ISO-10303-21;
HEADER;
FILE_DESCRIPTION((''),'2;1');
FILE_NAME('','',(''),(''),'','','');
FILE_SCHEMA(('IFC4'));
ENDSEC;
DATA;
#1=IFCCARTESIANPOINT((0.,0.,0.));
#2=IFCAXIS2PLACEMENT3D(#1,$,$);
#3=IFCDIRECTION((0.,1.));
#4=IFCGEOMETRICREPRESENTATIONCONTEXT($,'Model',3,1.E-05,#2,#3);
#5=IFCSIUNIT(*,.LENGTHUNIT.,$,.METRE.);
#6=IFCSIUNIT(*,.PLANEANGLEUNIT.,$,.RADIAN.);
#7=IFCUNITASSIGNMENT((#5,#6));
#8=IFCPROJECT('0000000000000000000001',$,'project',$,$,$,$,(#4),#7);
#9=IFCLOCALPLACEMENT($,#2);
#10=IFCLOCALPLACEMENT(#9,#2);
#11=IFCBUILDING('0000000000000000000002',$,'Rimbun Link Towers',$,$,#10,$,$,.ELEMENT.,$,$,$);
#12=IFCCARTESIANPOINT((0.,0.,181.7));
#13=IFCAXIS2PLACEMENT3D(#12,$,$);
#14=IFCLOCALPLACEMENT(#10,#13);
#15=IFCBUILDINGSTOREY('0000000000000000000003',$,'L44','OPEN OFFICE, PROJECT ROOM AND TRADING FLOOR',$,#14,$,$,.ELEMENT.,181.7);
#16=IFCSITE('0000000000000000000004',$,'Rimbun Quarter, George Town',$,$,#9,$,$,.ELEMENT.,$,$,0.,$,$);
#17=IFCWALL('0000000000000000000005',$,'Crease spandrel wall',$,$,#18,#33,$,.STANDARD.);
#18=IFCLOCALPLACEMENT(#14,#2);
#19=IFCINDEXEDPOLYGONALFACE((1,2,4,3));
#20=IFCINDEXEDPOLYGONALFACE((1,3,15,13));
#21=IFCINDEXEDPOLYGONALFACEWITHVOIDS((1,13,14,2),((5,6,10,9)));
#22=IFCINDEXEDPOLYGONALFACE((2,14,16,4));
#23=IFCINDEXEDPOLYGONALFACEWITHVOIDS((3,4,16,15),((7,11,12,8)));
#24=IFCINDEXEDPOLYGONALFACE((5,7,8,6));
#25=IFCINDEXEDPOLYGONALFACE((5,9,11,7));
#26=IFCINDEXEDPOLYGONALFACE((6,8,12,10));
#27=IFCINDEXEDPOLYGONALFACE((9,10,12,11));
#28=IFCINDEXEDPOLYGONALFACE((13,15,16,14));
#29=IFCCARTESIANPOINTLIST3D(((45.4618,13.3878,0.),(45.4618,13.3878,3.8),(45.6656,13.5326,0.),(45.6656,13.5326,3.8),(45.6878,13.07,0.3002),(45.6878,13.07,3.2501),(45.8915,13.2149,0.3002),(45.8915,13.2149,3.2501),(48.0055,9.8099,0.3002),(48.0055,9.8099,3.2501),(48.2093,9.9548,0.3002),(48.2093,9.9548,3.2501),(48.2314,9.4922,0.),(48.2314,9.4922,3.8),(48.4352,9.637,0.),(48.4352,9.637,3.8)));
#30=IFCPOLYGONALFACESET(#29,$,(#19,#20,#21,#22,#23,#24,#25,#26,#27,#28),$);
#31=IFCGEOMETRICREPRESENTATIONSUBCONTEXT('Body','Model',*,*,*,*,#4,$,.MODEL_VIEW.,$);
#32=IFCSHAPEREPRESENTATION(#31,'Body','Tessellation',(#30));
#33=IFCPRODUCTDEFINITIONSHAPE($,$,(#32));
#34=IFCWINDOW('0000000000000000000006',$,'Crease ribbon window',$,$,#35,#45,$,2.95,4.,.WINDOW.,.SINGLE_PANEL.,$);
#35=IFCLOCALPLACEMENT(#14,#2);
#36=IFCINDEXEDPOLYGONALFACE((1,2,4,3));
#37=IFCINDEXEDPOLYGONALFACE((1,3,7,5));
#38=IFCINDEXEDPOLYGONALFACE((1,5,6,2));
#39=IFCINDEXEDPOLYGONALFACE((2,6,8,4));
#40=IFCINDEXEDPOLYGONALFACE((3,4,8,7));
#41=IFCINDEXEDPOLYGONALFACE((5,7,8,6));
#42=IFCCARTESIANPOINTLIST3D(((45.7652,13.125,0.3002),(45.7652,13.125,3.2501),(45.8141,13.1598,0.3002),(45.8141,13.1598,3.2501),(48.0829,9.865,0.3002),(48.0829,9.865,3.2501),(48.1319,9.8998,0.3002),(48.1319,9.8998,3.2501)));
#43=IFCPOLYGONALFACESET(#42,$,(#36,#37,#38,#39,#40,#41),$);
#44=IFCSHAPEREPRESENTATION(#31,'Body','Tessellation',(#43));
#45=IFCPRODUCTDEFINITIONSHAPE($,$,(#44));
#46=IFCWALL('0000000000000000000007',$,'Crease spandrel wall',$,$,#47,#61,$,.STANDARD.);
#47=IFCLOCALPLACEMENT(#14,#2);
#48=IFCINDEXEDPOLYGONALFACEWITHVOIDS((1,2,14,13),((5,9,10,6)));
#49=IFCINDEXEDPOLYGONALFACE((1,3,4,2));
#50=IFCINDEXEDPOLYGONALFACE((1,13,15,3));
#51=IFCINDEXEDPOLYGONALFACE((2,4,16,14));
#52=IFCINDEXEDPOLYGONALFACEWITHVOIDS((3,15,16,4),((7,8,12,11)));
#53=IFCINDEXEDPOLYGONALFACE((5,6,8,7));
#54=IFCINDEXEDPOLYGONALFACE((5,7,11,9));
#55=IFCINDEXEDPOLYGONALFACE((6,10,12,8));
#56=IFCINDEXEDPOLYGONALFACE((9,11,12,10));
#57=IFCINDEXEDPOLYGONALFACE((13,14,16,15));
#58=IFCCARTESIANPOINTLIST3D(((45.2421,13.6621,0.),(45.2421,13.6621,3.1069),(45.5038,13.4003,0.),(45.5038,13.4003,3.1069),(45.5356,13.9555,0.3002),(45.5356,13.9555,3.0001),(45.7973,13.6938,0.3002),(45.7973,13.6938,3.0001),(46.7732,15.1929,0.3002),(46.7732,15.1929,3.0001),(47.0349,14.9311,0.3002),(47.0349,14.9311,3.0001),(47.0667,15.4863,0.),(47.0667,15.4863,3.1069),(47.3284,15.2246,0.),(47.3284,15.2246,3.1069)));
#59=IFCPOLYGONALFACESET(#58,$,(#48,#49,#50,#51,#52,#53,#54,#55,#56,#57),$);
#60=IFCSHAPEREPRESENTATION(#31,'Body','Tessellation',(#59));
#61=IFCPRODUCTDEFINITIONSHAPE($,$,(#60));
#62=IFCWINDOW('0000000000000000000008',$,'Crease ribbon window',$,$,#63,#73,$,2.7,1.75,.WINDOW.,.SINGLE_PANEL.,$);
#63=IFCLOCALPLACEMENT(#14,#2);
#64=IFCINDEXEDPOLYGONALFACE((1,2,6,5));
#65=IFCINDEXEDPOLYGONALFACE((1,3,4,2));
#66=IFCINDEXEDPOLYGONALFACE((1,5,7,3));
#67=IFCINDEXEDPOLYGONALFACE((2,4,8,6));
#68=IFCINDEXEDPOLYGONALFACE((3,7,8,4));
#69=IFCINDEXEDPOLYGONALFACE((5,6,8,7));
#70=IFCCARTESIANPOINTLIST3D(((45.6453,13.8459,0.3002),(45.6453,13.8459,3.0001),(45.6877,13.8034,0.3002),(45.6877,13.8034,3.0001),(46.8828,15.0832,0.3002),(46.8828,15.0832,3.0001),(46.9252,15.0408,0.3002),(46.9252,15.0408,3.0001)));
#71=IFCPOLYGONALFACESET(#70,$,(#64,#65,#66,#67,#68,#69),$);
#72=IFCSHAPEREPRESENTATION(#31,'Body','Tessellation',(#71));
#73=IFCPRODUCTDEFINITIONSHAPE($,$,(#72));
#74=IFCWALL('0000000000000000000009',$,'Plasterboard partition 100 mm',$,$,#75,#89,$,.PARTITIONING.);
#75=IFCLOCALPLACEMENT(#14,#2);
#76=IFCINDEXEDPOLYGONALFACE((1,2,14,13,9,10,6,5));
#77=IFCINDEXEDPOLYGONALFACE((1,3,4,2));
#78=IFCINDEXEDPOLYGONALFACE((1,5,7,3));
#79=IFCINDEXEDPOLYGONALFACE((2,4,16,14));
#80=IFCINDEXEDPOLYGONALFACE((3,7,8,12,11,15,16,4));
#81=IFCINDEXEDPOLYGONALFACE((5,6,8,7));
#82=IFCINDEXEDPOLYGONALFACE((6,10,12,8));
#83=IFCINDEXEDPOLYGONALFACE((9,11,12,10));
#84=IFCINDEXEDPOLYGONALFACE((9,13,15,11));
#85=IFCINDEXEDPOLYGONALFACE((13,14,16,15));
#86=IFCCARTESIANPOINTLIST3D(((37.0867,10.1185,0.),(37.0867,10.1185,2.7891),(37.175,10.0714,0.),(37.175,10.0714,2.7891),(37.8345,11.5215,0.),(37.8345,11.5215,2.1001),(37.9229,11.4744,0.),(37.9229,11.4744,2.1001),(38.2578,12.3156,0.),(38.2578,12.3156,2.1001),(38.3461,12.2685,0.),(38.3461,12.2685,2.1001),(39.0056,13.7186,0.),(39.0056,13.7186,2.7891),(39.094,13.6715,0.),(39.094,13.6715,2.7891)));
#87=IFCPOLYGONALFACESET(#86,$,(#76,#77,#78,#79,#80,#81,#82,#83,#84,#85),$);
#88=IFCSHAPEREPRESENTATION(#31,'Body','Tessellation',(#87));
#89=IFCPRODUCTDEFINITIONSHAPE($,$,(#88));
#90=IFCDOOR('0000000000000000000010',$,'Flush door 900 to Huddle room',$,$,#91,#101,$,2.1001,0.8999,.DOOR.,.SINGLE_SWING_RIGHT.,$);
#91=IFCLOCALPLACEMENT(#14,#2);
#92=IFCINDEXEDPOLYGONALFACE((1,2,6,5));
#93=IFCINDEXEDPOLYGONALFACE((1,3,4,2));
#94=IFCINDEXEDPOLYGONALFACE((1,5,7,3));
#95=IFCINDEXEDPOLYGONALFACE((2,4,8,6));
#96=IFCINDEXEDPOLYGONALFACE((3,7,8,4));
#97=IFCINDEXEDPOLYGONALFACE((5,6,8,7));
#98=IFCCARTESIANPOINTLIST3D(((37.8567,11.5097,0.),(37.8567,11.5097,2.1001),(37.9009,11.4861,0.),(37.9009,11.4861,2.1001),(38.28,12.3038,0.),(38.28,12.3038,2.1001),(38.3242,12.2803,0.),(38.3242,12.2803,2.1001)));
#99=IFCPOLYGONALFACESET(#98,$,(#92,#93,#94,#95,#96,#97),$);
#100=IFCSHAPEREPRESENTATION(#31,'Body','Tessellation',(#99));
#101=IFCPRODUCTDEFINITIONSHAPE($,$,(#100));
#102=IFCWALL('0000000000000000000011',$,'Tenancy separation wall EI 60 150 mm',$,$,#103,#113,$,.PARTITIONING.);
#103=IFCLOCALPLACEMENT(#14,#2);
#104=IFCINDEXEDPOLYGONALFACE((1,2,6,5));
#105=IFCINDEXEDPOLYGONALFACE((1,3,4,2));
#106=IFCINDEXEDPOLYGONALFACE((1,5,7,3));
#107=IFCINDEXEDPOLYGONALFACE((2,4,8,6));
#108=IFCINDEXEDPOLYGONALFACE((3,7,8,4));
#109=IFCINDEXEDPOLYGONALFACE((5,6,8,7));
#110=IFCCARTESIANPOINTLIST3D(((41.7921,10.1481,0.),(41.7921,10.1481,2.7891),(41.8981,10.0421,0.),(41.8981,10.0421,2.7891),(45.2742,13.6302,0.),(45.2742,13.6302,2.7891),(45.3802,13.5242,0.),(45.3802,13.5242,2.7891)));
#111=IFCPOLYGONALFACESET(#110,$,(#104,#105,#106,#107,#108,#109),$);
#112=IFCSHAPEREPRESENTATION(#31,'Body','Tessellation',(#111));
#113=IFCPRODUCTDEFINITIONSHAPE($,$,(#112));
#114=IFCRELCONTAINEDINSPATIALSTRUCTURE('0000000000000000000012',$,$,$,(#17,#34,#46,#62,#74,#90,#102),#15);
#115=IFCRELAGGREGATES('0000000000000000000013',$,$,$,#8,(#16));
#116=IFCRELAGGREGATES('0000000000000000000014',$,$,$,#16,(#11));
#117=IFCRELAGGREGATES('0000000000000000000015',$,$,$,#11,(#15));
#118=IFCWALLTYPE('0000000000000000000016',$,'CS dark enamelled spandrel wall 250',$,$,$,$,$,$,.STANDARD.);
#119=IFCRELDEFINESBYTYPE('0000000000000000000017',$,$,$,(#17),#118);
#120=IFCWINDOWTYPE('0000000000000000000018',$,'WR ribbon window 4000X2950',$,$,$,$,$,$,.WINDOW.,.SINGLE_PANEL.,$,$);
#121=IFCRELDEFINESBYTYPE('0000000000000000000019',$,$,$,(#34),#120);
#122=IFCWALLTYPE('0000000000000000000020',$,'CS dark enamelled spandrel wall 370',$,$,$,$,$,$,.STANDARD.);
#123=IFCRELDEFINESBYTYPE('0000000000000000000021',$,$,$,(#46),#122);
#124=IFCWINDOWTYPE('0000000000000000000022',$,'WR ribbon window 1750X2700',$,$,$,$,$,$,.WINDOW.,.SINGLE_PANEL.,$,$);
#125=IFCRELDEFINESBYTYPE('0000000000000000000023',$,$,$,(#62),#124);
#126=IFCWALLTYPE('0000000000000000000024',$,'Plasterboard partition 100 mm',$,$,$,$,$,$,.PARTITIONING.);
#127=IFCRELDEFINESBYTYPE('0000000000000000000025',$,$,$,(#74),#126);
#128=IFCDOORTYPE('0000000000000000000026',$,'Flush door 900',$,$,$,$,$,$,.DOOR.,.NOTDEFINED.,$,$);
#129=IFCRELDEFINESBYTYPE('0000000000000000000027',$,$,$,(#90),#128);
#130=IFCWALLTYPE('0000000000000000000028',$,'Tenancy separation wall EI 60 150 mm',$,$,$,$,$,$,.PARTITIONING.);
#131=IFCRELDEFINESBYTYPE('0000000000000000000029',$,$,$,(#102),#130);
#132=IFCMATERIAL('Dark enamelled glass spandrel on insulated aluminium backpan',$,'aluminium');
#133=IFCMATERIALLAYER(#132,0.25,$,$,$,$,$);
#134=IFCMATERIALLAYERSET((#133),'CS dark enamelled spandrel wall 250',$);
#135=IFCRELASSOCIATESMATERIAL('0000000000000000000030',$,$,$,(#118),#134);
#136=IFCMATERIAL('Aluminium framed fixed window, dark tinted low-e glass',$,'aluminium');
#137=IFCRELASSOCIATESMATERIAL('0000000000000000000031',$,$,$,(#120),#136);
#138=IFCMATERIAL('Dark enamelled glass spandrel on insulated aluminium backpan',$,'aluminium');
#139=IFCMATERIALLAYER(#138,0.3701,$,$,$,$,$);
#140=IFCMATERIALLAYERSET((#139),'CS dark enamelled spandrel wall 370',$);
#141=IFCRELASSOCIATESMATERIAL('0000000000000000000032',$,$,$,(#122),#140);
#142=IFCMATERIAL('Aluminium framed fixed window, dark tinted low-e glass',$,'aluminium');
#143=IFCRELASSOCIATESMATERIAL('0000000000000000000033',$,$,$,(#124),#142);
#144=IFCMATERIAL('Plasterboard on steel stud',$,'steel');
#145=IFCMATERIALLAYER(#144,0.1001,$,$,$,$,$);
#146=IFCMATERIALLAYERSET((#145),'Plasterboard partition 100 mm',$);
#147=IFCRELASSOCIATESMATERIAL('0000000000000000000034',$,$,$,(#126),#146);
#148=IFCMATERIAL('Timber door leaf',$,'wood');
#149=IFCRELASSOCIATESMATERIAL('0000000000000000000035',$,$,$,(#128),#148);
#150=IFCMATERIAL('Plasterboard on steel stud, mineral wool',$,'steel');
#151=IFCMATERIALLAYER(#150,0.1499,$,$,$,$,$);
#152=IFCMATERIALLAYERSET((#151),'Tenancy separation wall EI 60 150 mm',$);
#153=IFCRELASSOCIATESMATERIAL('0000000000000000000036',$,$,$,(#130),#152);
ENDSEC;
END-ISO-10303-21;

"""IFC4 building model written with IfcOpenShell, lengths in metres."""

from ifc_helpers import new_model, si_unit, direction, frame, frame_2d, origin, place, context, subcontext, project, spatial, rectangle, extrude, material, layer, layer_set, type_object, element, fill, save


model = new_model("IFC4")

# Units and contexts
model_context = context("Model", 3, precision=1e-05, world=origin(), true_north=direction((0.0, 1.0)))
body_context = subcontext(model_context, "Body", "Model", "MODEL_VIEW")
ifc_project = project(units=[si_unit("LENGTHUNIT", "METRE"), si_unit("PLANEANGLEUNIT", "RADIAN")], contexts=[model_context])

# Site, building, storey
site_placement = place(None, origin())
site = spatial("IfcSite", under=ifc_project, at=site_placement, Name="Rimbun Quarter, George Town", CompositionType="ELEMENT", RefElevation=0.0)
building_placement = place(site_placement, origin())
building = spatial("IfcBuilding", under=site, at=building_placement, Name="Rimbun Link Towers", CompositionType="ELEMENT")
storey_placement = place(building_placement, frame((0.0, 0.0, 181.7)))
storey = spatial("IfcBuildingStorey", under=building, at=storey_placement, Name="L44", Description="OPEN OFFICE, PROJECT ROOM AND TRADING FLOOR", CompositionType="ELEMENT", Elevation=181.7)

# Walls, openings, windows
ifc_material_1 = material(Name="Dark enamelled glass spandrel on insulated aluminium backpan", Category="aluminium")
ifc_layer_1 = layer(ifc_material_1, 0.25)
ifc_layer_set_1 = layer_set([ifc_layer_1], Name="CS dark enamelled spandrel wall 250")
wall_type_1 = type_object("IfcWallType", Name="CS dark enamelled spandrel wall 250", PredefinedType="STANDARD", material=ifc_layer_set_1)
wall_1_placement = place(storey_placement, frame((45.5637, 13.4602, 0.0), z_axis=(0.0, 0.0, 1.0), x_axis=(0.579439, -0.815015, 0.0)))
wall_1 = element("IfcWall", 1, at=wall_1_placement, inside=storey, type_object=wall_type_1, Name="Crease spandrel wall", PredefinedType="STANDARD", context=body_context, shape_type="SweptSolid", body=[
    extrude(rectangle(XDim=4.7798, YDim=0.25, at=frame_2d((2.3899, 0.0))), origin(), (0.0, 0.0, 1.0), 3.8),
])
opening_1_placement = place(wall_1_placement, frame((0.3899, 0.0, 0.3)))
opening_1 = element("IfcOpeningElement", 2, at=opening_1_placement, cuts=wall_1, PredefinedType="OPENING", context=body_context, shape_type="SweptSolid", body=[
    extrude(rectangle(XDim=4.0, YDim=2.95, at=frame_2d((2.0, 1.4751))), frame((0.0, 0.135, 0.0), z_axis=(0.0, -1.0, 0.0), x_axis=(1.0, 0.0, 0.0)), (0.0, 0.0, 1.0), 0.27),
])
ifc_material_2 = material(Name="Aluminium framed fixed window, dark tinted low-e glass", Category="aluminium")
window_type_1 = type_object("IfcWindowType", Name="WR ribbon window 4000X2950", PartitioningType="SINGLE_PANEL", PredefinedType="WINDOW", material=ifc_material_2)
window_1_placement = place(opening_1_placement, origin())
window_1 = element("IfcWindow", 3, at=window_1_placement, inside=storey, type_object=window_type_1, Name="Crease ribbon window", OverallHeight=2.95, OverallWidth=4.0, PartitioningType="SINGLE_PANEL", PredefinedType="WINDOW", context=body_context, shape_type="SweptSolid", body=[
    extrude(rectangle(XDim=4.0, YDim=2.95, at=frame_2d((2.0, 1.4751))), frame((0.0, 0.03, 0.0), z_axis=(0.0, -1.0, 0.0), x_axis=(1.0, 0.0, 0.0)), (0.0, 0.0, 1.0), 0.0601),
])
fill(opening_1, window_1)
ifc_material_3 = material(Name="Dark enamelled glass spandrel on insulated aluminium backpan", Category="aluminium")
ifc_layer_2 = layer(ifc_material_3, 0.3701)
ifc_layer_set_2 = layer_set([ifc_layer_2], Name="CS dark enamelled spandrel wall 370")
wall_type_2 = type_object("IfcWallType", Name="CS dark enamelled spandrel wall 370", PredefinedType="STANDARD", material=ifc_layer_set_2)
wall_2_placement = place(storey_placement, frame((47.1975, 15.3555, 0.0), z_axis=(0.0, 0.0, 1.0), x_axis=(-0.707154, -0.707059, 0.0)))
wall_2 = element("IfcWall", 4, at=wall_2_placement, inside=storey, type_object=wall_type_2, Name="Crease spandrel wall", PredefinedType="STANDARD", context=body_context, shape_type="SweptSolid", body=[
    extrude(rectangle(XDim=2.5801, YDim=0.3701, at=frame_2d((1.29, 0.0))), origin(), (0.0, 0.0, 1.0), 3.1069),
])
opening_2_placement = place(wall_2_placement, frame((0.415, 0.0, 0.3)))
opening_2 = element("IfcOpeningElement", 5, at=opening_2_placement, cuts=wall_2, PredefinedType="OPENING", context=body_context, shape_type="SweptSolid", body=[
    extrude(rectangle(XDim=1.75, YDim=2.7, at=frame_2d((0.875, 1.3501))), frame((0.0, 0.1951, 0.0), z_axis=(0.0, -1.0, 0.0), x_axis=(1.0, 0.0, 0.0)), (0.0, 0.0, 1.0), 0.3901),
])
ifc_material_4 = material(Name="Aluminium framed fixed window, dark tinted low-e glass", Category="aluminium")
window_type_2 = type_object("IfcWindowType", Name="WR ribbon window 1750X2700", PartitioningType="SINGLE_PANEL", PredefinedType="WINDOW", material=ifc_material_4)
window_2_placement = place(opening_2_placement, origin())
window_2 = element("IfcWindow", 6, at=window_2_placement, inside=storey, type_object=window_type_2, Name="Crease ribbon window", OverallHeight=2.7, OverallWidth=1.75, PartitioningType="SINGLE_PANEL", PredefinedType="WINDOW", context=body_context, shape_type="SweptSolid", body=[
    extrude(rectangle(XDim=1.75, YDim=2.7, at=frame_2d((0.875, 1.3501))), frame((0.0, 0.03, 0.0), z_axis=(0.0, -1.0, 0.0), x_axis=(1.0, 0.0, 0.0)), (0.0, 0.0, 1.0), 0.0601),
])
fill(opening_2, window_2)

# Wall, opening, door
ifc_material_5 = material(Name="Plasterboard on steel stud", Category="steel")
ifc_layer_3 = layer(ifc_material_5, 0.1001)
ifc_layer_set_3 = layer_set([ifc_layer_3], Name="Plasterboard partition 100 mm")
wall_type_3 = type_object("IfcWallType", Name="Plasterboard partition 100 mm", PredefinedType="PARTITIONING", material=ifc_layer_set_3)
wall_3_placement = place(storey_placement, frame((37.1309, 10.095, 0.0), z_axis=(0.0, 0.0, 1.0), x_axis=(0.470377, 0.882466, 0.0)))
wall_3 = element("IfcWall", 7, at=wall_3_placement, inside=storey, type_object=wall_type_3, Name="Plasterboard partition 100 mm", PredefinedType="PARTITIONING", context=body_context, shape_type="SweptSolid", body=[
    extrude(rectangle(XDim=4.0796, YDim=0.1001, at=frame_2d((2.0398, 0.0))), origin(), (0.0, 0.0, 1.0), 2.7891),
])
opening_3_placement = place(wall_3_placement, frame((1.5898, 0.0, 0.0)))
opening_3 = element("IfcOpeningElement", 8, at=opening_3_placement, cuts=wall_3, PredefinedType="OPENING", context=body_context, shape_type="SweptSolid", body=[
    extrude(rectangle(XDim=0.8999, YDim=2.1001, at=frame_2d((0.45, 1.05))), frame((0.0, 0.0601, 0.0), z_axis=(0.0, -1.0, 0.0), x_axis=(1.0, 0.0, 0.0)), (0.0, 0.0, 1.0), 0.1201),
])
ifc_material_6 = material(Name="Timber door leaf", Category="wood")
door_type = type_object("IfcDoorType", Name="Flush door 900", OperationType="NOTDEFINED", PredefinedType="DOOR", material=ifc_material_6)
door_placement = place(opening_3_placement, origin())
door = element("IfcDoor", 9, at=door_placement, inside=storey, type_object=door_type, Name="Flush door 900 to Huddle room", OperationType="SINGLE_SWING_RIGHT", OverallHeight=2.1001, OverallWidth=0.8999, PredefinedType="DOOR", context=body_context, shape_type="SweptSolid", body=[
    extrude(rectangle(XDim=0.8999, YDim=2.1001, at=frame_2d((0.45, 1.05))), frame((0.0, 0.0249, 0.0), z_axis=(0.0, -1.0, 0.0), x_axis=(1.0, 0.0, 0.0)), (0.0, 0.0, 1.0), 0.05),
])
fill(opening_3, door)

# Wall
ifc_material_7 = material(Name="Plasterboard on steel stud, mineral wool", Category="steel")
ifc_layer_4 = layer(ifc_material_7, 0.1499)
ifc_layer_set_4 = layer_set([ifc_layer_4], Name="Tenancy separation wall EI 60 150 mm")
wall_type_4 = type_object("IfcWallType", Name="Tenancy separation wall EI 60 150 mm", PredefinedType="PARTITIONING", material=ifc_layer_set_4)
wall_4_placement = place(storey_placement, frame((41.845, 10.095, 0.0), z_axis=(0.0, 0.0, 1.0), x_axis=(0.707107, 0.707107, 0.0)))
element("IfcWall", 10, at=wall_4_placement, inside=storey, type_object=wall_type_4, Name="Tenancy separation wall EI 60 150 mm", PredefinedType="PARTITIONING", context=body_context, shape_type="SweptSolid", body=[
    extrude(rectangle(XDim=4.9246, YDim=0.1499, at=frame_2d((2.4624, 0.0))), origin(), (0.0, 0.0, 1.0), 2.7891),
])

save(model, "model.ifc")
